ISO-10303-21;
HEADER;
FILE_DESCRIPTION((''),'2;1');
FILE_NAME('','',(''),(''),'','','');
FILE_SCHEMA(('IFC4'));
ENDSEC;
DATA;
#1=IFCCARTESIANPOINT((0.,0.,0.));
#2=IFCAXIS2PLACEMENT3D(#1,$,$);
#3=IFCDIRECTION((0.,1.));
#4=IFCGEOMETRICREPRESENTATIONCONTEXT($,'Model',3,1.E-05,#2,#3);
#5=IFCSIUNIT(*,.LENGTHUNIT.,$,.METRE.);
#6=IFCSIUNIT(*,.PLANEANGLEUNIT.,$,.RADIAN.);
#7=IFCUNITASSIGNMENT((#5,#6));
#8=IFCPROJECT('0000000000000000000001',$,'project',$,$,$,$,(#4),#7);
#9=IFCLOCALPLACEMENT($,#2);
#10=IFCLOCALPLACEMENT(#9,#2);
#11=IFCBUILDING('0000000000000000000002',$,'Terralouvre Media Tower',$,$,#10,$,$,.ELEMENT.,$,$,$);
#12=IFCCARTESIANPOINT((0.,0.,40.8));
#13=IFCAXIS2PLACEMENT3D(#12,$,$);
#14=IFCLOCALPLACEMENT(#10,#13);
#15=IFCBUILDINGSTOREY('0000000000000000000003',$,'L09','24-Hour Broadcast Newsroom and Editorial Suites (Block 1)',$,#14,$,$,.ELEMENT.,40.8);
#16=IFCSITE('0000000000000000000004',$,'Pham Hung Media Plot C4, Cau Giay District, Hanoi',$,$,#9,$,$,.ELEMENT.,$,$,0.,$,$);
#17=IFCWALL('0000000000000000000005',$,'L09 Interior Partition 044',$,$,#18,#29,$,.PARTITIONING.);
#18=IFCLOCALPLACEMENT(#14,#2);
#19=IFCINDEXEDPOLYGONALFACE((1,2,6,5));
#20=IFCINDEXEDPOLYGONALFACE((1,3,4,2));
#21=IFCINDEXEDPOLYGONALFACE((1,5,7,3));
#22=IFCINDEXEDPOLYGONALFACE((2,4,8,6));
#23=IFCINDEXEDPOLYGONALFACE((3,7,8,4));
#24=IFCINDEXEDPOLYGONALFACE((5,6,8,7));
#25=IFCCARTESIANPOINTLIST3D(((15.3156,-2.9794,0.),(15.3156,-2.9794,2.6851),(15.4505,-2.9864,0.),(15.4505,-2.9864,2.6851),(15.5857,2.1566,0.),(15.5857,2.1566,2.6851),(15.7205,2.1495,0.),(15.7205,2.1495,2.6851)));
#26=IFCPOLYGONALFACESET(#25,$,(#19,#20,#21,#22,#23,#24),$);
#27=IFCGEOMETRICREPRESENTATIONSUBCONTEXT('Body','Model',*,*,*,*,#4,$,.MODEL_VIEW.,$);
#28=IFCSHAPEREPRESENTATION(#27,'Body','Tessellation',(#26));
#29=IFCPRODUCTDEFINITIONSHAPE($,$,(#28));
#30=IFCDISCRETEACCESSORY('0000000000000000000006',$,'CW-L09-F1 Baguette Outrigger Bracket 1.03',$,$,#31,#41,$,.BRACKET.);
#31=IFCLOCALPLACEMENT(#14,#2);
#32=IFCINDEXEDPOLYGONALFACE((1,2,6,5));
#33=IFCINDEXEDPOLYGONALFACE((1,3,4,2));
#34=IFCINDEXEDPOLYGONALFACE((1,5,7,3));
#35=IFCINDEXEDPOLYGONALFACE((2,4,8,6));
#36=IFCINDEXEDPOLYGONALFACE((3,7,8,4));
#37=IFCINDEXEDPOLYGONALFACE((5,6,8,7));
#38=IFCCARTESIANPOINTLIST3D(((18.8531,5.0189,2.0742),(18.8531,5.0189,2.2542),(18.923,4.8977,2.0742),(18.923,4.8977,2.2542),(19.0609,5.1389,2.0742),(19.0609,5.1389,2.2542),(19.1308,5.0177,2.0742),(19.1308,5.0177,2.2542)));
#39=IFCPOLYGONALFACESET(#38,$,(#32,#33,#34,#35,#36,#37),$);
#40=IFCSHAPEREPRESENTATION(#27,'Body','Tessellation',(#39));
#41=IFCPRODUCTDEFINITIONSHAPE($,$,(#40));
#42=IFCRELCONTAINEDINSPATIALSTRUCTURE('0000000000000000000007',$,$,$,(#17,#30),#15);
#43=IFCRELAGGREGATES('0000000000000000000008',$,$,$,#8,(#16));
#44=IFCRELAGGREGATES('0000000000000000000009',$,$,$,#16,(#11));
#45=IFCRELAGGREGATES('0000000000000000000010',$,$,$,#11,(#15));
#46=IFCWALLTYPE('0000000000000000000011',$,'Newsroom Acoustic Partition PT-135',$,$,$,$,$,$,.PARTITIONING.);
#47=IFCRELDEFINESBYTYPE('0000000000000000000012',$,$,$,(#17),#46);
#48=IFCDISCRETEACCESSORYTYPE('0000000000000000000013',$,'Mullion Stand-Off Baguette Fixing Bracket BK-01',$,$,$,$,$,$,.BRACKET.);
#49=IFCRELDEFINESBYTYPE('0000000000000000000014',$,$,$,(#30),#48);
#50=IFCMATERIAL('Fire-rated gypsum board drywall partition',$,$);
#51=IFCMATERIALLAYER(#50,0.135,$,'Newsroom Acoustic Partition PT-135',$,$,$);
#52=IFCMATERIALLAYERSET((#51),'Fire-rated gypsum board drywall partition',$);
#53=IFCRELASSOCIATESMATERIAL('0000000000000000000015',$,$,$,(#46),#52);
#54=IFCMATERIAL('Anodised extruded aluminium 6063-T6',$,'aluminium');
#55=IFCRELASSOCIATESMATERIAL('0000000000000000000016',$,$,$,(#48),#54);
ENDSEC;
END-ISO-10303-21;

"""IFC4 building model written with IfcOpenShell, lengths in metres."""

from ifc_helpers import new_model, si_unit, direction, frame, frame_2d, origin, origin_2d, place, context, subcontext, project, spatial, rectangle, extrude, material, layer, layer_set, type_object, element, save


model = new_model("IFC4")

# Units and contexts
model_context = context("Model", 3, precision=1e-05, world=origin(), true_north=direction((0.0, 1.0)))
body_context = subcontext(model_context, "Body", "Model", "MODEL_VIEW")
ifc_project = project(units=[si_unit("LENGTHUNIT", "METRE"), si_unit("PLANEANGLEUNIT", "RADIAN")], contexts=[model_context])

# Site, building, storey
site_placement = place(None, origin())
site = spatial("IfcSite", under=ifc_project, at=site_placement, Name="Pham Hung Media Plot C4, Cau Giay District, Hanoi", CompositionType="ELEMENT", RefElevation=0.0)
building_placement = place(site_placement, origin())
building = spatial("IfcBuilding", under=site, at=building_placement, Name="Terralouvre Media Tower", CompositionType="ELEMENT")
storey_placement = place(building_placement, frame((0.0, 0.0, 40.8)))
storey = spatial("IfcBuildingStorey", under=building, at=storey_placement, Name="L09", Description="24-Hour Broadcast Newsroom and Editorial Suites (Block 1)", CompositionType="ELEMENT", Elevation=40.8)

# Shared definitions
ifc_material_1 = material(Name="Fire-rated gypsum board drywall partition")
ifc_layer_1 = layer(ifc_material_1, 0.135, Name="Newsroom Acoustic Partition PT-135")
ifc_layer_set_1 = layer_set([ifc_layer_1], Name="Fire-rated gypsum board drywall partition")
wall_type = type_object("IfcWallType", Name="Newsroom Acoustic Partition PT-135", PredefinedType="PARTITIONING", material=ifc_layer_set_1)

# Wall
wall_1_placement = place(storey_placement, frame((15.6531, 2.1531, 0.0), z_axis=(0.0, 0.0, 1.0), x_axis=(-0.052502, -0.998621, 0.0)))
element("IfcWall", 1, at=wall_1_placement, inside=storey, type_object=wall_type, Name="L09 Interior Partition 044", PredefinedType="PARTITIONING", context=body_context, shape_type="SweptSolid", body=[
    extrude(rectangle(XDim=5.1431, YDim=0.135, at=frame_2d((2.5715, 0.0))), origin(), (0.0, 0.0, 1.0), 2.6851),
])

# Discrete accessory
ifc_material_2 = material(Name="Anodised extruded aluminium 6063-T6", Category="aluminium")
discrete_accessory_type = type_object("IfcDiscreteAccessoryType", Name="Mullion Stand-Off Baguette Fixing Bracket BK-01", PredefinedType="BRACKET", material=ifc_material_2)
discrete_accessory_placement = place(storey_placement, frame((18.9919, 5.0183, 2.0742), z_axis=(0.0, 0.0, 1.0), x_axis=(-0.5, 0.866025, 0.0)))
element("IfcDiscreteAccessory", 2, at=discrete_accessory_placement, inside=storey, type_object=discrete_accessory_type, Name="CW-L09-F1 Baguette Outrigger Bracket 1.03", PredefinedType="BRACKET", context=body_context, shape_type="SweptSolid", body=[
    extrude(rectangle(XDim=0.1399, YDim=0.24, at=origin_2d()), origin(), (0.0, 0.0, 1.0), 0.1799),
])

save(model, "model.ifc")
